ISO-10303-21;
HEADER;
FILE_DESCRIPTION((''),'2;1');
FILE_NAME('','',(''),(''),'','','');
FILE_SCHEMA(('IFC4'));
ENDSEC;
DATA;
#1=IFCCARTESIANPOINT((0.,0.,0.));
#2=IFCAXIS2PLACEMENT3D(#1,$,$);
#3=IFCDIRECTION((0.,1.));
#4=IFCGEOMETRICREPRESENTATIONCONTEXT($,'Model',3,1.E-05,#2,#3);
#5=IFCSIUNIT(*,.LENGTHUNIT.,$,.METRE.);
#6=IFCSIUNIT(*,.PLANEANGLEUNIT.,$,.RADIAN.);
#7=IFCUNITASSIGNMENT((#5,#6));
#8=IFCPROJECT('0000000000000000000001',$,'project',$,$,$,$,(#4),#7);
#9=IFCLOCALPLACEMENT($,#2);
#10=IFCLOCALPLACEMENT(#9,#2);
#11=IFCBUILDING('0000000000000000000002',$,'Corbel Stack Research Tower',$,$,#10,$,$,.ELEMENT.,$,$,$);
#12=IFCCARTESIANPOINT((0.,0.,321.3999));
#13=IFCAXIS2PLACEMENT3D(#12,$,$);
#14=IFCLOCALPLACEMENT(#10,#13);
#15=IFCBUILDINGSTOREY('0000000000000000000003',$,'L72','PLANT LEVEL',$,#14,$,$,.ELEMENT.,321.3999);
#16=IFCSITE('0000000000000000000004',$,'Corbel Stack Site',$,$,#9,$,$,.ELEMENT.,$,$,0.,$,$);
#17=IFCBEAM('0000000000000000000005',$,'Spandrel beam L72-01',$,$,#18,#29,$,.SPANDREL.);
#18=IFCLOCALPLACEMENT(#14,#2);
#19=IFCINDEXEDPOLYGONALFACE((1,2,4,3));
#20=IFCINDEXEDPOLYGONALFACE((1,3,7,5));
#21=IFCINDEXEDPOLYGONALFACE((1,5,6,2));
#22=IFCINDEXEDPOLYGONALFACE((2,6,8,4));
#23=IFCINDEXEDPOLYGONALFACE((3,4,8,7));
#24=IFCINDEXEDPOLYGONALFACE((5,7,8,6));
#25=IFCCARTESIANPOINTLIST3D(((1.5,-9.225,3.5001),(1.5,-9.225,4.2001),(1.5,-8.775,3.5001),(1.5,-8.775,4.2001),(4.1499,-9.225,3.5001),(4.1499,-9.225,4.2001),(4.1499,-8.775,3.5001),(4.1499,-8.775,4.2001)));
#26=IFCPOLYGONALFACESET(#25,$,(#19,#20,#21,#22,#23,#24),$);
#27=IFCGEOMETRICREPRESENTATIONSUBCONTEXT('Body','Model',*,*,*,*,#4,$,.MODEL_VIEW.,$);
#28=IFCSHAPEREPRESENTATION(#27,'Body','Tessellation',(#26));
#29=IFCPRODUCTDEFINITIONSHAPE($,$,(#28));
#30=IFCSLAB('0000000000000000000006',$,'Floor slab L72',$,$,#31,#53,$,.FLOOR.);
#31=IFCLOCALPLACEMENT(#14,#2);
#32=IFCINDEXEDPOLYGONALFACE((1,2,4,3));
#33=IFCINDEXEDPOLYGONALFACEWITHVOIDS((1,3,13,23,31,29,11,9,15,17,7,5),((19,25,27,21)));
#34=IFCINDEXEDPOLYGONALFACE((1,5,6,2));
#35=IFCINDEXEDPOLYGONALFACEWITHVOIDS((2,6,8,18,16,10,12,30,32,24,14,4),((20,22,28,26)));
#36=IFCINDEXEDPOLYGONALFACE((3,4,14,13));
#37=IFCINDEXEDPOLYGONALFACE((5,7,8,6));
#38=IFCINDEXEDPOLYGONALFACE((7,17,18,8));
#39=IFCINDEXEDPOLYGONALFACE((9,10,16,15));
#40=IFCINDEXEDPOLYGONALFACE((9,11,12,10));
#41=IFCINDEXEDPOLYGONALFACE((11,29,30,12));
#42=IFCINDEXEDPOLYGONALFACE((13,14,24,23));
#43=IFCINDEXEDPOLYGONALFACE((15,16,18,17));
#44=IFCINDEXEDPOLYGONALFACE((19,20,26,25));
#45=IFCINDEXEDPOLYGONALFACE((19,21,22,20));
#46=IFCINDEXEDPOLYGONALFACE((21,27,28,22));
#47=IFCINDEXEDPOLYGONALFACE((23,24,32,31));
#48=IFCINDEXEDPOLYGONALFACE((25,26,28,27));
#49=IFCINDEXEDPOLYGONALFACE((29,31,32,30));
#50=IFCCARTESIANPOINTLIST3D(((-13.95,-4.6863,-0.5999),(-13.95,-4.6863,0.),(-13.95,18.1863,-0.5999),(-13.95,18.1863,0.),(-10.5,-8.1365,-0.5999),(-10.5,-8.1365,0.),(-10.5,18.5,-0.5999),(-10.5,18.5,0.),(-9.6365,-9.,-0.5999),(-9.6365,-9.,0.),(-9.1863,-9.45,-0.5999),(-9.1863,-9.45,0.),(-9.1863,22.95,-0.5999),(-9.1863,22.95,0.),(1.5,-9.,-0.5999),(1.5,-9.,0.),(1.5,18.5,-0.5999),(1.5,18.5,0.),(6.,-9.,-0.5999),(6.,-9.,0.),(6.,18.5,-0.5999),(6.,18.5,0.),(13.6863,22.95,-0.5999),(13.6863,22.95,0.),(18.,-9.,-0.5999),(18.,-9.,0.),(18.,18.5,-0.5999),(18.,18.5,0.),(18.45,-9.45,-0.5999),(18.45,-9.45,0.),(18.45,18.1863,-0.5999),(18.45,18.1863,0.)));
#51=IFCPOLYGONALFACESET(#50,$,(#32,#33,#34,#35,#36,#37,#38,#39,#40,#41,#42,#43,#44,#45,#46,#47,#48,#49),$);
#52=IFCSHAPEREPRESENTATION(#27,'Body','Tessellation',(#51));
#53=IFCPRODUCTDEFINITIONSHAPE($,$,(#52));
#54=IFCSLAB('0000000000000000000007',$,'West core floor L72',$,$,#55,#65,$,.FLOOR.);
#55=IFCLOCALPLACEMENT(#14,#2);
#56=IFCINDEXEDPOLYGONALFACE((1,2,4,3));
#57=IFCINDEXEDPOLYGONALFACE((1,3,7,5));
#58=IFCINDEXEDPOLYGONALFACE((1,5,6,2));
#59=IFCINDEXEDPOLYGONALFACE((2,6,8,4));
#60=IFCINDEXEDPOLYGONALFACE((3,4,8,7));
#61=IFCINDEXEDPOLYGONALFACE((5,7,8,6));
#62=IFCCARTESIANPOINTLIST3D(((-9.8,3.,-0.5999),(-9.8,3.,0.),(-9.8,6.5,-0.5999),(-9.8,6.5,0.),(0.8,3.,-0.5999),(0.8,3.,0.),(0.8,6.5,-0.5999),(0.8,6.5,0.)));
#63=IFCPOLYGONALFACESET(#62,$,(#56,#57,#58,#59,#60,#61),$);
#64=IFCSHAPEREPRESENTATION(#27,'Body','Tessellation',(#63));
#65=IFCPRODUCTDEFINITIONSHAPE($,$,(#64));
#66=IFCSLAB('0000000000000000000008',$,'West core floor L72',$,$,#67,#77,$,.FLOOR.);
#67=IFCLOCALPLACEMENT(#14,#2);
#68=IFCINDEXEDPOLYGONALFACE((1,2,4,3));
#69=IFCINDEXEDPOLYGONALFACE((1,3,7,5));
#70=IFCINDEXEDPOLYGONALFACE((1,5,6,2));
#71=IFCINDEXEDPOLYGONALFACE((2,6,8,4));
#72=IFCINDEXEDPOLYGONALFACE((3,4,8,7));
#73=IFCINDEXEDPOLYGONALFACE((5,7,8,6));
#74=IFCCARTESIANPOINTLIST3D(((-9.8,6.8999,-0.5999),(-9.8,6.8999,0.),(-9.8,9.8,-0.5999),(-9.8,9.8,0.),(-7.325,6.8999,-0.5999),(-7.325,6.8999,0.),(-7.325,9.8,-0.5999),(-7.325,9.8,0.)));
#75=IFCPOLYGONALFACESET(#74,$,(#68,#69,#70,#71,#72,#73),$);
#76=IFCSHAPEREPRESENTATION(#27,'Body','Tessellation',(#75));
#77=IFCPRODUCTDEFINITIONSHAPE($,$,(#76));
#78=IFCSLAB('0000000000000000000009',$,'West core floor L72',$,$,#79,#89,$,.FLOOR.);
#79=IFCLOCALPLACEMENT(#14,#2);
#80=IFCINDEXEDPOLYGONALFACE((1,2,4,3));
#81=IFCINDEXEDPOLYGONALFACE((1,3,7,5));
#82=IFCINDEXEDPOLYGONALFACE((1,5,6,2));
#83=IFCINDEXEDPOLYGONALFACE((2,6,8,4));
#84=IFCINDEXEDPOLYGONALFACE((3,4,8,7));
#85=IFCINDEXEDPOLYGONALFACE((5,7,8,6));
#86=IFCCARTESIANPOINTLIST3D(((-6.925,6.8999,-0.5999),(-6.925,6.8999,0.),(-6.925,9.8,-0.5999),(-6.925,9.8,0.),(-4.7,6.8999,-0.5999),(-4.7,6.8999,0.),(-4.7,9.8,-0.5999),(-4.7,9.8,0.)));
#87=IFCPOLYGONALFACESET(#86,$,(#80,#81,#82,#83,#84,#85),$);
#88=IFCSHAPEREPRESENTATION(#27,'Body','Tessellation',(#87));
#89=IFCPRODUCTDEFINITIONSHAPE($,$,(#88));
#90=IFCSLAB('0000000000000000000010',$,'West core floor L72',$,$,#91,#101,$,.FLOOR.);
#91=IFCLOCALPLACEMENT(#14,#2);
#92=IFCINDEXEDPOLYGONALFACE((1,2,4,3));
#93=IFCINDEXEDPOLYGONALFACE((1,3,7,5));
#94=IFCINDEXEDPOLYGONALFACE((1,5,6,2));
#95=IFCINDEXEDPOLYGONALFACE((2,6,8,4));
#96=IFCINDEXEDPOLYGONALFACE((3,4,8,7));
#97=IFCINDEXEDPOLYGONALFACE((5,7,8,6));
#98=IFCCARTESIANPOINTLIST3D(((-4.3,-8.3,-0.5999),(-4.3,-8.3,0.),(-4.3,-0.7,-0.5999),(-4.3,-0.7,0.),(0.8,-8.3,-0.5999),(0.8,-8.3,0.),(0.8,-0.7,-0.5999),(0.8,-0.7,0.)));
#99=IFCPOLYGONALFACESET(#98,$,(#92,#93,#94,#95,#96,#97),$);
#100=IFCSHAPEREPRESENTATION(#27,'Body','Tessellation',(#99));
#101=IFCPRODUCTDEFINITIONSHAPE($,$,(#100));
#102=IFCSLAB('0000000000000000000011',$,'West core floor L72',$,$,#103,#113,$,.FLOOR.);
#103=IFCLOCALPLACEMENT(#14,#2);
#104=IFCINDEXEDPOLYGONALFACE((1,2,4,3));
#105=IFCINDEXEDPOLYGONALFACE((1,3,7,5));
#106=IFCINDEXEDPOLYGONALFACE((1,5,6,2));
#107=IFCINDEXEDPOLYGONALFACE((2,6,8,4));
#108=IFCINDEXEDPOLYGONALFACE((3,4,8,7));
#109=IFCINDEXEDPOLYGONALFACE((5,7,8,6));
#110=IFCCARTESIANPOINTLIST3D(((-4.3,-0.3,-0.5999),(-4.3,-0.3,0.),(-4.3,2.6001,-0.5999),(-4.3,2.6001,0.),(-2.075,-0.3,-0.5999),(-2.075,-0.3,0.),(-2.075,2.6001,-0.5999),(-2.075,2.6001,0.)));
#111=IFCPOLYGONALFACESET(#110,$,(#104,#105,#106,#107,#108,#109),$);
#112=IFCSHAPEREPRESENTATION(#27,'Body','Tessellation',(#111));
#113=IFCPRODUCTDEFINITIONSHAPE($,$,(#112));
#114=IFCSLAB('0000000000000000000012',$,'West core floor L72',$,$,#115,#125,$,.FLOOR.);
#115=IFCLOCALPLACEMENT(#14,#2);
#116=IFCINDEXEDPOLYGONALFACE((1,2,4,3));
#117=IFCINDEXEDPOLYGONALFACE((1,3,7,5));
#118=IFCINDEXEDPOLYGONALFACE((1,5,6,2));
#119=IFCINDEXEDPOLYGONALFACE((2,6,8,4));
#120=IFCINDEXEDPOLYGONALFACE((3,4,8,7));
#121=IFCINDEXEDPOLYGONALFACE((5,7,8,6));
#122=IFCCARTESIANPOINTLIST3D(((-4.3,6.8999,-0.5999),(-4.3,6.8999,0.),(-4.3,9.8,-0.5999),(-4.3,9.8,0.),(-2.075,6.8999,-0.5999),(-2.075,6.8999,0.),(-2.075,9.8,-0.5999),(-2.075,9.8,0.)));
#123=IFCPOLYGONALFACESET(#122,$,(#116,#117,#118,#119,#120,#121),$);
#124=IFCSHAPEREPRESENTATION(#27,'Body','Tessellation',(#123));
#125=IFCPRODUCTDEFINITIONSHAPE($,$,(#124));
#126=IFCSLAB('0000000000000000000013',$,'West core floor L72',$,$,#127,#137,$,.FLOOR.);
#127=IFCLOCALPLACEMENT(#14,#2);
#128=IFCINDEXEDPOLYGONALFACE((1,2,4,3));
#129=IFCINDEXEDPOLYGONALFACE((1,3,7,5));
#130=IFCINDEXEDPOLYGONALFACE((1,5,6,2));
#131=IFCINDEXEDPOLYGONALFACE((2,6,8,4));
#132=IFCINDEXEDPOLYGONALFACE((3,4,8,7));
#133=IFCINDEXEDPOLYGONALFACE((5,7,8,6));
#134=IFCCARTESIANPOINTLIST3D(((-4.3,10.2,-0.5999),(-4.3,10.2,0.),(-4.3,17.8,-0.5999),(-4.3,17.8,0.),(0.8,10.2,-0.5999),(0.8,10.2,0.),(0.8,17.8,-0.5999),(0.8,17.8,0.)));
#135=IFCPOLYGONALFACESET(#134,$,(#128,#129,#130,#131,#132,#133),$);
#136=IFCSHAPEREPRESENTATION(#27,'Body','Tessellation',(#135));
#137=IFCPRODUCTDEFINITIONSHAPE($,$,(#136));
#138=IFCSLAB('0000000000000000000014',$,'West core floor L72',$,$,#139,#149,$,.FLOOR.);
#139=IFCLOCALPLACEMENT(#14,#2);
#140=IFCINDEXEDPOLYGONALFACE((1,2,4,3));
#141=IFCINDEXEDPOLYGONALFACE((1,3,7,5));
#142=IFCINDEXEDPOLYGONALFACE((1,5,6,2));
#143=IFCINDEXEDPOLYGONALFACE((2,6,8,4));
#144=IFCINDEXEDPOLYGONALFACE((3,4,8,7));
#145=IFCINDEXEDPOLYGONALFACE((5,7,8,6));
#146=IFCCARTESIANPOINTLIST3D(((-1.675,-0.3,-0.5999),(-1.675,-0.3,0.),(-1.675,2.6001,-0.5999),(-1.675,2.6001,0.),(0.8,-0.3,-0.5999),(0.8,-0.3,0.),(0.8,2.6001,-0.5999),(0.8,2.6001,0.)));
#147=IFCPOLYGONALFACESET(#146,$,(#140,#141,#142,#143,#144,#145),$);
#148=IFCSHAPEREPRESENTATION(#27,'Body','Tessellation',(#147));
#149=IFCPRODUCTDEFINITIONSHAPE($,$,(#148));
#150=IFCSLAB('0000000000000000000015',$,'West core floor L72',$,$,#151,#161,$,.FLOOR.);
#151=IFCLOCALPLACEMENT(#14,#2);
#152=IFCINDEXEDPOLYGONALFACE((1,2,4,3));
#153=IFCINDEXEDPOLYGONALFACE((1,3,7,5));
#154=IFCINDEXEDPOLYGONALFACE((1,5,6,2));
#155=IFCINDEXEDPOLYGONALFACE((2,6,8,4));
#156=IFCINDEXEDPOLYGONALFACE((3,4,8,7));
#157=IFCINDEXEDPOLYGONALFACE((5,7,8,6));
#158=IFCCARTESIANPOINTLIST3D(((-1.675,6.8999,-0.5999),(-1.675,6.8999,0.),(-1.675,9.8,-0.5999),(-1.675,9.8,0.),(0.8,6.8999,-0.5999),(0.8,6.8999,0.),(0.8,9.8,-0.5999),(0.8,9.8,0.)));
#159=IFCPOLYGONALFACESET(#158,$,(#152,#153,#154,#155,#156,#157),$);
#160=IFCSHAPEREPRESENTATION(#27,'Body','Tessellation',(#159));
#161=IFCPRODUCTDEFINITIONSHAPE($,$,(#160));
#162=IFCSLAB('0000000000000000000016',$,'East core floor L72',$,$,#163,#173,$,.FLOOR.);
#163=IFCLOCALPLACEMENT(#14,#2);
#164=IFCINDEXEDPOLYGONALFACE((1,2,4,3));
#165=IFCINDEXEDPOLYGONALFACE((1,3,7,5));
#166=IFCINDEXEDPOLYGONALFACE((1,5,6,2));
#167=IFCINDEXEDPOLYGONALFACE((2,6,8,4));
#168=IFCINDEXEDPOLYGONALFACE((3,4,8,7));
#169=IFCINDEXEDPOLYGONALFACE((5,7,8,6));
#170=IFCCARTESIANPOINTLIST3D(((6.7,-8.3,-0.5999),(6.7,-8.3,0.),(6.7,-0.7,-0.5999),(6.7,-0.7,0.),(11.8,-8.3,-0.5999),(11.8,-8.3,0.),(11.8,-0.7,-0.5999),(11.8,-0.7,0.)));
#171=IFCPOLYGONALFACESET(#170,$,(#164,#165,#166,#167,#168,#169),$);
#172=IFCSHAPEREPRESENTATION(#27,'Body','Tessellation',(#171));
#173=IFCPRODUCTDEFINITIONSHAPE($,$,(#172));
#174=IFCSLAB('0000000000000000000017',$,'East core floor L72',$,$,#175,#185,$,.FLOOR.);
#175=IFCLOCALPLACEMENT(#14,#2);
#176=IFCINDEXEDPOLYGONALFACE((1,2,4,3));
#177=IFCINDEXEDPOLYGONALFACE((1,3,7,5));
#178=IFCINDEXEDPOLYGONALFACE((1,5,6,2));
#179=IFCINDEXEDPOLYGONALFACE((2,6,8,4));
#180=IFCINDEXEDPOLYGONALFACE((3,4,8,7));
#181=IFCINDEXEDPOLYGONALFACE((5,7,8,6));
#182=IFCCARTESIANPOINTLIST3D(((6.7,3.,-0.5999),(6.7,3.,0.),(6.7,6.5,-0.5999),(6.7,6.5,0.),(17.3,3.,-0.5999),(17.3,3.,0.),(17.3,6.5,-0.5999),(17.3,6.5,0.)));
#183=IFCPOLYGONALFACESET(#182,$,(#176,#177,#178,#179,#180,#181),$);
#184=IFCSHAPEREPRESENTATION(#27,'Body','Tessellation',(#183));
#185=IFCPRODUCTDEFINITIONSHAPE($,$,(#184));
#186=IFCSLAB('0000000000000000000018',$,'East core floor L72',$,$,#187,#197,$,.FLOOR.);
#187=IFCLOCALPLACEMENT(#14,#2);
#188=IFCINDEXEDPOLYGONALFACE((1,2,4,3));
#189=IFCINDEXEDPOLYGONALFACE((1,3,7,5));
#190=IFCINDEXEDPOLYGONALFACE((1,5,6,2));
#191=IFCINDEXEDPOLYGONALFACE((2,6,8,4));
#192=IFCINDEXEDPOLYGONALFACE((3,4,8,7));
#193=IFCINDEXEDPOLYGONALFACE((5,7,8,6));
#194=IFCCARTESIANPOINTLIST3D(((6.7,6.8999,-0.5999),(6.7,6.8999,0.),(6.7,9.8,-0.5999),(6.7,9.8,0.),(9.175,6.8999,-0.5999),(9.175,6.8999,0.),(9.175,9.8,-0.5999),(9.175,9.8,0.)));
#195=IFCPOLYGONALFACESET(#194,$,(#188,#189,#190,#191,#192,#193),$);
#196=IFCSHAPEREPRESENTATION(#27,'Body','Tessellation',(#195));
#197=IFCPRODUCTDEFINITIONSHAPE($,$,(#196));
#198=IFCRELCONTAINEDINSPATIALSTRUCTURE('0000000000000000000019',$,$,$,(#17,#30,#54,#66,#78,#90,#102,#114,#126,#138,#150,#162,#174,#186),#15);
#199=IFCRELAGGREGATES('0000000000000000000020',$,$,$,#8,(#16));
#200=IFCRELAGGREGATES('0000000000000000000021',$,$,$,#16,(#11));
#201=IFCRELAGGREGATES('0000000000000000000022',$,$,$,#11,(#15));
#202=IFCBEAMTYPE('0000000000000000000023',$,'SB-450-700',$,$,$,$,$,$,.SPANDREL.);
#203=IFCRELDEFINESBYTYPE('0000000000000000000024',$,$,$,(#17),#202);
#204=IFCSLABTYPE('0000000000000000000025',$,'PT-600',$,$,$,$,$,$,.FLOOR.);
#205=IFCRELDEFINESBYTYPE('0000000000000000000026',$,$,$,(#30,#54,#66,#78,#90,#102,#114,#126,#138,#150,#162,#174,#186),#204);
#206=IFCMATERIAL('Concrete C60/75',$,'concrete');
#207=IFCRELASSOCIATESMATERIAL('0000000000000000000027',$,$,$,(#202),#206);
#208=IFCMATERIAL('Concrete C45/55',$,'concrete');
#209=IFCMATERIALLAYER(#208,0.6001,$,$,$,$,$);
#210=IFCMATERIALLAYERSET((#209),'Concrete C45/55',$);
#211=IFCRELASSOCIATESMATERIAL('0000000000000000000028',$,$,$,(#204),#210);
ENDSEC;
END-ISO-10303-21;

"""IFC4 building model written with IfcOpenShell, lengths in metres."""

from ifc_helpers import new_model, si_unit, direction, frame, origin, origin_2d, place, context, subcontext, project, spatial, polyline, rectangle, outline, extrude, material, layer, layer_set, material_profile, profile_set, type_object, element, save


model = new_model("IFC4")

# Units and contexts
model_context = context("Model", 3, precision=1e-05, world=origin(), true_north=direction((0.0, 1.0)))
body_context = subcontext(model_context, "Body", "Model", "MODEL_VIEW")
ifc_project = project(units=[si_unit("LENGTHUNIT", "METRE"), si_unit("PLANEANGLEUNIT", "RADIAN")], contexts=[model_context])

# Site, building, storey
site_placement = place(None, origin())
site = spatial("IfcSite", under=ifc_project, at=site_placement, Name="Corbel Stack Site", CompositionType="ELEMENT", RefElevation=0.0)
building_placement = place(site_placement, origin())
building = spatial("IfcBuilding", under=site, at=building_placement, Name="Corbel Stack Research Tower", CompositionType="ELEMENT")
storey_placement = place(building_placement, frame((0.0, 0.0, 321.3999)))
storey = spatial("IfcBuildingStorey", under=building, at=storey_placement, Name="L72", Description="PLANT LEVEL", CompositionType="ELEMENT", Elevation=321.3999)

# Beam
ifc_material_1 = material(Name="Concrete C60/75", Category="concrete")
ifc_material_profile = material_profile(ifc_material_1, rectangle(XDim=0.45, YDim=0.7, at=origin_2d()), Name="RC 450 x 700")
ifc_profile_set = profile_set([ifc_material_profile], Name="Concrete C60/75")
beam_type = type_object("IfcBeamType", Name="SB-450-700", PredefinedType="SPANDREL", material=ifc_profile_set)
beam_placement = place(storey_placement, frame((1.5, -9.0, 3.8501), z_axis=(1.0, 0.0, 0.0), x_axis=(0.0, 1.0, 0.0)))
element("IfcBeam", 1, at=beam_placement, inside=storey, type_object=beam_type, Name="Spandrel beam L72-01", PredefinedType="SPANDREL", context=body_context, shape_type="SweptSolid", body=[
    extrude(rectangle(XDim=0.45, YDim=0.7, at=origin_2d()), origin(), (0.0, 0.0, 1.0), 2.6499),
])

# Slabs
ifc_material_2 = material(Name="Concrete C45/55", Category="concrete")
ifc_layer_1 = layer(ifc_material_2, 0.6001)
ifc_layer_set_1 = layer_set([ifc_layer_1], Name="Concrete C45/55")
slab_type_1 = type_object("IfcSlabType", Name="PT-600", PredefinedType="FLOOR", material=ifc_layer_set_1)
slab_1_placement = place(storey_placement, frame((0.0, 0.0, -0.5999)))
element("IfcSlab", 2, at=slab_1_placement, inside=storey, type_object=slab_type_1, Name="Floor slab L72", PredefinedType="FLOOR", context=body_context, shape_type="SweptSolid", body=[
    extrude(outline(polyline([(-10.5, -8.1365), (-10.5, 18.5), (1.5, 18.5), (1.5, -9.0), (-9.6365, -9.0), (-9.1863, -9.45), (18.45, -9.45), (18.45, 18.1863), (13.6863, 22.95), (-9.1863, 22.95), (-13.95, 18.1863), (-13.95, -4.6863), (-10.5, -8.1365)]), holes=[polyline([(6.0, -9.0), (6.0, 18.5), (18.0, 18.5), (18.0, -9.0), (6.0, -9.0)])]), origin(), (0.0, 0.0, 1.0), 0.5999),
])
slab_2_placement = place(storey_placement, frame((0.0, 0.0, -0.5999)))
element("IfcSlab", 3, at=slab_2_placement, inside=storey, type_object=slab_type_1, Name="West core floor L72", PredefinedType="FLOOR", context=body_context, shape_type="SweptSolid", body=[
    extrude(outline(polyline([(-9.8, 6.5), (-9.8, 3.0), (0.8, 3.0), (0.8, 6.5), (-9.8, 6.5)])), origin(), (0.0, 0.0, 1.0), 0.5999),
])
slab_3_placement = place(storey_placement, frame((0.0, 0.0, -0.5999)))
element("IfcSlab", 4, at=slab_3_placement, inside=storey, type_object=slab_type_1, Name="West core floor L72", PredefinedType="FLOOR", context=body_context, shape_type="SweptSolid", body=[
    extrude(outline(polyline([(-9.8, 6.8999), (-7.325, 6.8999), (-7.325, 9.8), (-9.8, 9.8), (-9.8, 6.8999)])), origin(), (0.0, 0.0, 1.0), 0.5999),
])
slab_4_placement = place(storey_placement, frame((0.0, 0.0, -0.5999)))
element("IfcSlab", 5, at=slab_4_placement, inside=storey, type_object=slab_type_1, Name="West core floor L72", PredefinedType="FLOOR", context=body_context, shape_type="SweptSolid", body=[
    extrude(outline(polyline([(-6.925, 6.8999), (-4.7, 6.8999), (-4.7, 9.8), (-6.925, 9.8), (-6.925, 6.8999)])), origin(), (0.0, 0.0, 1.0), 0.5999),
])
slab_5_placement = place(storey_placement, frame((0.0, 0.0, -0.5999)))
element("IfcSlab", 6, at=slab_5_placement, inside=storey, type_object=slab_type_1, Name="West core floor L72", PredefinedType="FLOOR", context=body_context, shape_type="SweptSolid", body=[
    extrude(outline(polyline([(-4.3, -0.7), (-4.3, -8.3), (0.8, -8.3), (0.8, -0.7), (-4.3, -0.7)])), origin(), (0.0, 0.0, 1.0), 0.5999),
])
slab_6_placement = place(storey_placement, frame((0.0, 0.0, -0.5999)))
element("IfcSlab", 7, at=slab_6_placement, inside=storey, type_object=slab_type_1, Name="West core floor L72", PredefinedType="FLOOR", context=body_context, shape_type="SweptSolid", body=[
    extrude(outline(polyline([(-4.3, 2.6001), (-4.3, -0.3), (-2.075, -0.3), (-2.075, 2.6001), (-4.3, 2.6001)])), origin(), (0.0, 0.0, 1.0), 0.5999),
])
slab_7_placement = place(storey_placement, frame((0.0, 0.0, -0.5999)))
element("IfcSlab", 8, at=slab_7_placement, inside=storey, type_object=slab_type_1, Name="West core floor L72", PredefinedType="FLOOR", context=body_context, shape_type="SweptSolid", body=[
    extrude(outline(polyline([(-2.075, 6.8999), (-2.075, 9.8), (-4.3, 9.8), (-4.3, 6.8999), (-2.075, 6.8999)])), origin(), (0.0, 0.0, 1.0), 0.5999),
])
slab_8_placement = place(storey_placement, frame((0.0, 0.0, -0.5999)))
element("IfcSlab", 9, at=slab_8_placement, inside=storey, type_object=slab_type_1, Name="West core floor L72", PredefinedType="FLOOR", context=body_context, shape_type="SweptSolid", body=[
    extrude(outline(polyline([(-4.3, 17.8), (-4.3, 10.2), (0.8, 10.2), (0.8, 17.8), (-4.3, 17.8)])), origin(), (0.0, 0.0, 1.0), 0.5999),
])
slab_9_placement = place(storey_placement, frame((0.0, 0.0, -0.5999)))
element("IfcSlab", 10, at=slab_9_placement, inside=storey, type_object=slab_type_1, Name="West core floor L72", PredefinedType="FLOOR", context=body_context, shape_type="SweptSolid", body=[
    extrude(outline(polyline([(-1.675, 2.6001), (-1.675, -0.3), (0.8, -0.3), (0.8, 2.6001), (-1.675, 2.6001)])), origin(), (0.0, 0.0, 1.0), 0.5999),
])
slab_10_placement = place(storey_placement, frame((0.0, 0.0, -0.5999)))
element("IfcSlab", 11, at=slab_10_placement, inside=storey, type_object=slab_type_1, Name="West core floor L72", PredefinedType="FLOOR", context=body_context, shape_type="SweptSolid", body=[
    extrude(outline(polyline([(0.8, 6.8999), (0.8, 9.8), (-1.675, 9.8), (-1.675, 6.8999), (0.8, 6.8999)])), origin(), (0.0, 0.0, 1.0), 0.5999),
])
slab_11_placement = place(storey_placement, frame((0.0, 0.0, -0.5999)))
element("IfcSlab", 12, at=slab_11_placement, inside=storey, type_object=slab_type_1, Name="East core floor L72", PredefinedType="FLOOR", context=body_context, shape_type="SweptSolid", body=[
    extrude(outline(polyline([(6.7, -8.3), (11.8, -8.3), (11.8, -0.7), (6.7, -0.7), (6.7, -8.3)])), origin(), (0.0, 0.0, 1.0), 0.5999),
])
slab_12_placement = place(storey_placement, frame((0.0, 0.0, -0.5999)))
element("IfcSlab", 13, at=slab_12_placement, inside=storey, type_object=slab_type_1, Name="East core floor L72", PredefinedType="FLOOR", context=body_context, shape_type="SweptSolid", body=[
    extrude(outline(polyline([(6.7, 3.0), (17.3, 3.0), (17.3, 6.5), (6.7, 6.5), (6.7, 3.0)])), origin(), (0.0, 0.0, 1.0), 0.5999),
])
slab_13_placement = place(storey_placement, frame((0.0, 0.0, -0.5999)))
element("IfcSlab", 14, at=slab_13_placement, inside=storey, type_object=slab_type_1, Name="East core floor L72", PredefinedType="FLOOR", context=body_context, shape_type="SweptSolid", body=[
    extrude(outline(polyline([(6.7, 6.8999), (9.175, 6.8999), (9.175, 9.8), (6.7, 9.8), (6.7, 6.8999)])), origin(), (0.0, 0.0, 1.0), 0.5999),
])

save(model, "model.ifc")
